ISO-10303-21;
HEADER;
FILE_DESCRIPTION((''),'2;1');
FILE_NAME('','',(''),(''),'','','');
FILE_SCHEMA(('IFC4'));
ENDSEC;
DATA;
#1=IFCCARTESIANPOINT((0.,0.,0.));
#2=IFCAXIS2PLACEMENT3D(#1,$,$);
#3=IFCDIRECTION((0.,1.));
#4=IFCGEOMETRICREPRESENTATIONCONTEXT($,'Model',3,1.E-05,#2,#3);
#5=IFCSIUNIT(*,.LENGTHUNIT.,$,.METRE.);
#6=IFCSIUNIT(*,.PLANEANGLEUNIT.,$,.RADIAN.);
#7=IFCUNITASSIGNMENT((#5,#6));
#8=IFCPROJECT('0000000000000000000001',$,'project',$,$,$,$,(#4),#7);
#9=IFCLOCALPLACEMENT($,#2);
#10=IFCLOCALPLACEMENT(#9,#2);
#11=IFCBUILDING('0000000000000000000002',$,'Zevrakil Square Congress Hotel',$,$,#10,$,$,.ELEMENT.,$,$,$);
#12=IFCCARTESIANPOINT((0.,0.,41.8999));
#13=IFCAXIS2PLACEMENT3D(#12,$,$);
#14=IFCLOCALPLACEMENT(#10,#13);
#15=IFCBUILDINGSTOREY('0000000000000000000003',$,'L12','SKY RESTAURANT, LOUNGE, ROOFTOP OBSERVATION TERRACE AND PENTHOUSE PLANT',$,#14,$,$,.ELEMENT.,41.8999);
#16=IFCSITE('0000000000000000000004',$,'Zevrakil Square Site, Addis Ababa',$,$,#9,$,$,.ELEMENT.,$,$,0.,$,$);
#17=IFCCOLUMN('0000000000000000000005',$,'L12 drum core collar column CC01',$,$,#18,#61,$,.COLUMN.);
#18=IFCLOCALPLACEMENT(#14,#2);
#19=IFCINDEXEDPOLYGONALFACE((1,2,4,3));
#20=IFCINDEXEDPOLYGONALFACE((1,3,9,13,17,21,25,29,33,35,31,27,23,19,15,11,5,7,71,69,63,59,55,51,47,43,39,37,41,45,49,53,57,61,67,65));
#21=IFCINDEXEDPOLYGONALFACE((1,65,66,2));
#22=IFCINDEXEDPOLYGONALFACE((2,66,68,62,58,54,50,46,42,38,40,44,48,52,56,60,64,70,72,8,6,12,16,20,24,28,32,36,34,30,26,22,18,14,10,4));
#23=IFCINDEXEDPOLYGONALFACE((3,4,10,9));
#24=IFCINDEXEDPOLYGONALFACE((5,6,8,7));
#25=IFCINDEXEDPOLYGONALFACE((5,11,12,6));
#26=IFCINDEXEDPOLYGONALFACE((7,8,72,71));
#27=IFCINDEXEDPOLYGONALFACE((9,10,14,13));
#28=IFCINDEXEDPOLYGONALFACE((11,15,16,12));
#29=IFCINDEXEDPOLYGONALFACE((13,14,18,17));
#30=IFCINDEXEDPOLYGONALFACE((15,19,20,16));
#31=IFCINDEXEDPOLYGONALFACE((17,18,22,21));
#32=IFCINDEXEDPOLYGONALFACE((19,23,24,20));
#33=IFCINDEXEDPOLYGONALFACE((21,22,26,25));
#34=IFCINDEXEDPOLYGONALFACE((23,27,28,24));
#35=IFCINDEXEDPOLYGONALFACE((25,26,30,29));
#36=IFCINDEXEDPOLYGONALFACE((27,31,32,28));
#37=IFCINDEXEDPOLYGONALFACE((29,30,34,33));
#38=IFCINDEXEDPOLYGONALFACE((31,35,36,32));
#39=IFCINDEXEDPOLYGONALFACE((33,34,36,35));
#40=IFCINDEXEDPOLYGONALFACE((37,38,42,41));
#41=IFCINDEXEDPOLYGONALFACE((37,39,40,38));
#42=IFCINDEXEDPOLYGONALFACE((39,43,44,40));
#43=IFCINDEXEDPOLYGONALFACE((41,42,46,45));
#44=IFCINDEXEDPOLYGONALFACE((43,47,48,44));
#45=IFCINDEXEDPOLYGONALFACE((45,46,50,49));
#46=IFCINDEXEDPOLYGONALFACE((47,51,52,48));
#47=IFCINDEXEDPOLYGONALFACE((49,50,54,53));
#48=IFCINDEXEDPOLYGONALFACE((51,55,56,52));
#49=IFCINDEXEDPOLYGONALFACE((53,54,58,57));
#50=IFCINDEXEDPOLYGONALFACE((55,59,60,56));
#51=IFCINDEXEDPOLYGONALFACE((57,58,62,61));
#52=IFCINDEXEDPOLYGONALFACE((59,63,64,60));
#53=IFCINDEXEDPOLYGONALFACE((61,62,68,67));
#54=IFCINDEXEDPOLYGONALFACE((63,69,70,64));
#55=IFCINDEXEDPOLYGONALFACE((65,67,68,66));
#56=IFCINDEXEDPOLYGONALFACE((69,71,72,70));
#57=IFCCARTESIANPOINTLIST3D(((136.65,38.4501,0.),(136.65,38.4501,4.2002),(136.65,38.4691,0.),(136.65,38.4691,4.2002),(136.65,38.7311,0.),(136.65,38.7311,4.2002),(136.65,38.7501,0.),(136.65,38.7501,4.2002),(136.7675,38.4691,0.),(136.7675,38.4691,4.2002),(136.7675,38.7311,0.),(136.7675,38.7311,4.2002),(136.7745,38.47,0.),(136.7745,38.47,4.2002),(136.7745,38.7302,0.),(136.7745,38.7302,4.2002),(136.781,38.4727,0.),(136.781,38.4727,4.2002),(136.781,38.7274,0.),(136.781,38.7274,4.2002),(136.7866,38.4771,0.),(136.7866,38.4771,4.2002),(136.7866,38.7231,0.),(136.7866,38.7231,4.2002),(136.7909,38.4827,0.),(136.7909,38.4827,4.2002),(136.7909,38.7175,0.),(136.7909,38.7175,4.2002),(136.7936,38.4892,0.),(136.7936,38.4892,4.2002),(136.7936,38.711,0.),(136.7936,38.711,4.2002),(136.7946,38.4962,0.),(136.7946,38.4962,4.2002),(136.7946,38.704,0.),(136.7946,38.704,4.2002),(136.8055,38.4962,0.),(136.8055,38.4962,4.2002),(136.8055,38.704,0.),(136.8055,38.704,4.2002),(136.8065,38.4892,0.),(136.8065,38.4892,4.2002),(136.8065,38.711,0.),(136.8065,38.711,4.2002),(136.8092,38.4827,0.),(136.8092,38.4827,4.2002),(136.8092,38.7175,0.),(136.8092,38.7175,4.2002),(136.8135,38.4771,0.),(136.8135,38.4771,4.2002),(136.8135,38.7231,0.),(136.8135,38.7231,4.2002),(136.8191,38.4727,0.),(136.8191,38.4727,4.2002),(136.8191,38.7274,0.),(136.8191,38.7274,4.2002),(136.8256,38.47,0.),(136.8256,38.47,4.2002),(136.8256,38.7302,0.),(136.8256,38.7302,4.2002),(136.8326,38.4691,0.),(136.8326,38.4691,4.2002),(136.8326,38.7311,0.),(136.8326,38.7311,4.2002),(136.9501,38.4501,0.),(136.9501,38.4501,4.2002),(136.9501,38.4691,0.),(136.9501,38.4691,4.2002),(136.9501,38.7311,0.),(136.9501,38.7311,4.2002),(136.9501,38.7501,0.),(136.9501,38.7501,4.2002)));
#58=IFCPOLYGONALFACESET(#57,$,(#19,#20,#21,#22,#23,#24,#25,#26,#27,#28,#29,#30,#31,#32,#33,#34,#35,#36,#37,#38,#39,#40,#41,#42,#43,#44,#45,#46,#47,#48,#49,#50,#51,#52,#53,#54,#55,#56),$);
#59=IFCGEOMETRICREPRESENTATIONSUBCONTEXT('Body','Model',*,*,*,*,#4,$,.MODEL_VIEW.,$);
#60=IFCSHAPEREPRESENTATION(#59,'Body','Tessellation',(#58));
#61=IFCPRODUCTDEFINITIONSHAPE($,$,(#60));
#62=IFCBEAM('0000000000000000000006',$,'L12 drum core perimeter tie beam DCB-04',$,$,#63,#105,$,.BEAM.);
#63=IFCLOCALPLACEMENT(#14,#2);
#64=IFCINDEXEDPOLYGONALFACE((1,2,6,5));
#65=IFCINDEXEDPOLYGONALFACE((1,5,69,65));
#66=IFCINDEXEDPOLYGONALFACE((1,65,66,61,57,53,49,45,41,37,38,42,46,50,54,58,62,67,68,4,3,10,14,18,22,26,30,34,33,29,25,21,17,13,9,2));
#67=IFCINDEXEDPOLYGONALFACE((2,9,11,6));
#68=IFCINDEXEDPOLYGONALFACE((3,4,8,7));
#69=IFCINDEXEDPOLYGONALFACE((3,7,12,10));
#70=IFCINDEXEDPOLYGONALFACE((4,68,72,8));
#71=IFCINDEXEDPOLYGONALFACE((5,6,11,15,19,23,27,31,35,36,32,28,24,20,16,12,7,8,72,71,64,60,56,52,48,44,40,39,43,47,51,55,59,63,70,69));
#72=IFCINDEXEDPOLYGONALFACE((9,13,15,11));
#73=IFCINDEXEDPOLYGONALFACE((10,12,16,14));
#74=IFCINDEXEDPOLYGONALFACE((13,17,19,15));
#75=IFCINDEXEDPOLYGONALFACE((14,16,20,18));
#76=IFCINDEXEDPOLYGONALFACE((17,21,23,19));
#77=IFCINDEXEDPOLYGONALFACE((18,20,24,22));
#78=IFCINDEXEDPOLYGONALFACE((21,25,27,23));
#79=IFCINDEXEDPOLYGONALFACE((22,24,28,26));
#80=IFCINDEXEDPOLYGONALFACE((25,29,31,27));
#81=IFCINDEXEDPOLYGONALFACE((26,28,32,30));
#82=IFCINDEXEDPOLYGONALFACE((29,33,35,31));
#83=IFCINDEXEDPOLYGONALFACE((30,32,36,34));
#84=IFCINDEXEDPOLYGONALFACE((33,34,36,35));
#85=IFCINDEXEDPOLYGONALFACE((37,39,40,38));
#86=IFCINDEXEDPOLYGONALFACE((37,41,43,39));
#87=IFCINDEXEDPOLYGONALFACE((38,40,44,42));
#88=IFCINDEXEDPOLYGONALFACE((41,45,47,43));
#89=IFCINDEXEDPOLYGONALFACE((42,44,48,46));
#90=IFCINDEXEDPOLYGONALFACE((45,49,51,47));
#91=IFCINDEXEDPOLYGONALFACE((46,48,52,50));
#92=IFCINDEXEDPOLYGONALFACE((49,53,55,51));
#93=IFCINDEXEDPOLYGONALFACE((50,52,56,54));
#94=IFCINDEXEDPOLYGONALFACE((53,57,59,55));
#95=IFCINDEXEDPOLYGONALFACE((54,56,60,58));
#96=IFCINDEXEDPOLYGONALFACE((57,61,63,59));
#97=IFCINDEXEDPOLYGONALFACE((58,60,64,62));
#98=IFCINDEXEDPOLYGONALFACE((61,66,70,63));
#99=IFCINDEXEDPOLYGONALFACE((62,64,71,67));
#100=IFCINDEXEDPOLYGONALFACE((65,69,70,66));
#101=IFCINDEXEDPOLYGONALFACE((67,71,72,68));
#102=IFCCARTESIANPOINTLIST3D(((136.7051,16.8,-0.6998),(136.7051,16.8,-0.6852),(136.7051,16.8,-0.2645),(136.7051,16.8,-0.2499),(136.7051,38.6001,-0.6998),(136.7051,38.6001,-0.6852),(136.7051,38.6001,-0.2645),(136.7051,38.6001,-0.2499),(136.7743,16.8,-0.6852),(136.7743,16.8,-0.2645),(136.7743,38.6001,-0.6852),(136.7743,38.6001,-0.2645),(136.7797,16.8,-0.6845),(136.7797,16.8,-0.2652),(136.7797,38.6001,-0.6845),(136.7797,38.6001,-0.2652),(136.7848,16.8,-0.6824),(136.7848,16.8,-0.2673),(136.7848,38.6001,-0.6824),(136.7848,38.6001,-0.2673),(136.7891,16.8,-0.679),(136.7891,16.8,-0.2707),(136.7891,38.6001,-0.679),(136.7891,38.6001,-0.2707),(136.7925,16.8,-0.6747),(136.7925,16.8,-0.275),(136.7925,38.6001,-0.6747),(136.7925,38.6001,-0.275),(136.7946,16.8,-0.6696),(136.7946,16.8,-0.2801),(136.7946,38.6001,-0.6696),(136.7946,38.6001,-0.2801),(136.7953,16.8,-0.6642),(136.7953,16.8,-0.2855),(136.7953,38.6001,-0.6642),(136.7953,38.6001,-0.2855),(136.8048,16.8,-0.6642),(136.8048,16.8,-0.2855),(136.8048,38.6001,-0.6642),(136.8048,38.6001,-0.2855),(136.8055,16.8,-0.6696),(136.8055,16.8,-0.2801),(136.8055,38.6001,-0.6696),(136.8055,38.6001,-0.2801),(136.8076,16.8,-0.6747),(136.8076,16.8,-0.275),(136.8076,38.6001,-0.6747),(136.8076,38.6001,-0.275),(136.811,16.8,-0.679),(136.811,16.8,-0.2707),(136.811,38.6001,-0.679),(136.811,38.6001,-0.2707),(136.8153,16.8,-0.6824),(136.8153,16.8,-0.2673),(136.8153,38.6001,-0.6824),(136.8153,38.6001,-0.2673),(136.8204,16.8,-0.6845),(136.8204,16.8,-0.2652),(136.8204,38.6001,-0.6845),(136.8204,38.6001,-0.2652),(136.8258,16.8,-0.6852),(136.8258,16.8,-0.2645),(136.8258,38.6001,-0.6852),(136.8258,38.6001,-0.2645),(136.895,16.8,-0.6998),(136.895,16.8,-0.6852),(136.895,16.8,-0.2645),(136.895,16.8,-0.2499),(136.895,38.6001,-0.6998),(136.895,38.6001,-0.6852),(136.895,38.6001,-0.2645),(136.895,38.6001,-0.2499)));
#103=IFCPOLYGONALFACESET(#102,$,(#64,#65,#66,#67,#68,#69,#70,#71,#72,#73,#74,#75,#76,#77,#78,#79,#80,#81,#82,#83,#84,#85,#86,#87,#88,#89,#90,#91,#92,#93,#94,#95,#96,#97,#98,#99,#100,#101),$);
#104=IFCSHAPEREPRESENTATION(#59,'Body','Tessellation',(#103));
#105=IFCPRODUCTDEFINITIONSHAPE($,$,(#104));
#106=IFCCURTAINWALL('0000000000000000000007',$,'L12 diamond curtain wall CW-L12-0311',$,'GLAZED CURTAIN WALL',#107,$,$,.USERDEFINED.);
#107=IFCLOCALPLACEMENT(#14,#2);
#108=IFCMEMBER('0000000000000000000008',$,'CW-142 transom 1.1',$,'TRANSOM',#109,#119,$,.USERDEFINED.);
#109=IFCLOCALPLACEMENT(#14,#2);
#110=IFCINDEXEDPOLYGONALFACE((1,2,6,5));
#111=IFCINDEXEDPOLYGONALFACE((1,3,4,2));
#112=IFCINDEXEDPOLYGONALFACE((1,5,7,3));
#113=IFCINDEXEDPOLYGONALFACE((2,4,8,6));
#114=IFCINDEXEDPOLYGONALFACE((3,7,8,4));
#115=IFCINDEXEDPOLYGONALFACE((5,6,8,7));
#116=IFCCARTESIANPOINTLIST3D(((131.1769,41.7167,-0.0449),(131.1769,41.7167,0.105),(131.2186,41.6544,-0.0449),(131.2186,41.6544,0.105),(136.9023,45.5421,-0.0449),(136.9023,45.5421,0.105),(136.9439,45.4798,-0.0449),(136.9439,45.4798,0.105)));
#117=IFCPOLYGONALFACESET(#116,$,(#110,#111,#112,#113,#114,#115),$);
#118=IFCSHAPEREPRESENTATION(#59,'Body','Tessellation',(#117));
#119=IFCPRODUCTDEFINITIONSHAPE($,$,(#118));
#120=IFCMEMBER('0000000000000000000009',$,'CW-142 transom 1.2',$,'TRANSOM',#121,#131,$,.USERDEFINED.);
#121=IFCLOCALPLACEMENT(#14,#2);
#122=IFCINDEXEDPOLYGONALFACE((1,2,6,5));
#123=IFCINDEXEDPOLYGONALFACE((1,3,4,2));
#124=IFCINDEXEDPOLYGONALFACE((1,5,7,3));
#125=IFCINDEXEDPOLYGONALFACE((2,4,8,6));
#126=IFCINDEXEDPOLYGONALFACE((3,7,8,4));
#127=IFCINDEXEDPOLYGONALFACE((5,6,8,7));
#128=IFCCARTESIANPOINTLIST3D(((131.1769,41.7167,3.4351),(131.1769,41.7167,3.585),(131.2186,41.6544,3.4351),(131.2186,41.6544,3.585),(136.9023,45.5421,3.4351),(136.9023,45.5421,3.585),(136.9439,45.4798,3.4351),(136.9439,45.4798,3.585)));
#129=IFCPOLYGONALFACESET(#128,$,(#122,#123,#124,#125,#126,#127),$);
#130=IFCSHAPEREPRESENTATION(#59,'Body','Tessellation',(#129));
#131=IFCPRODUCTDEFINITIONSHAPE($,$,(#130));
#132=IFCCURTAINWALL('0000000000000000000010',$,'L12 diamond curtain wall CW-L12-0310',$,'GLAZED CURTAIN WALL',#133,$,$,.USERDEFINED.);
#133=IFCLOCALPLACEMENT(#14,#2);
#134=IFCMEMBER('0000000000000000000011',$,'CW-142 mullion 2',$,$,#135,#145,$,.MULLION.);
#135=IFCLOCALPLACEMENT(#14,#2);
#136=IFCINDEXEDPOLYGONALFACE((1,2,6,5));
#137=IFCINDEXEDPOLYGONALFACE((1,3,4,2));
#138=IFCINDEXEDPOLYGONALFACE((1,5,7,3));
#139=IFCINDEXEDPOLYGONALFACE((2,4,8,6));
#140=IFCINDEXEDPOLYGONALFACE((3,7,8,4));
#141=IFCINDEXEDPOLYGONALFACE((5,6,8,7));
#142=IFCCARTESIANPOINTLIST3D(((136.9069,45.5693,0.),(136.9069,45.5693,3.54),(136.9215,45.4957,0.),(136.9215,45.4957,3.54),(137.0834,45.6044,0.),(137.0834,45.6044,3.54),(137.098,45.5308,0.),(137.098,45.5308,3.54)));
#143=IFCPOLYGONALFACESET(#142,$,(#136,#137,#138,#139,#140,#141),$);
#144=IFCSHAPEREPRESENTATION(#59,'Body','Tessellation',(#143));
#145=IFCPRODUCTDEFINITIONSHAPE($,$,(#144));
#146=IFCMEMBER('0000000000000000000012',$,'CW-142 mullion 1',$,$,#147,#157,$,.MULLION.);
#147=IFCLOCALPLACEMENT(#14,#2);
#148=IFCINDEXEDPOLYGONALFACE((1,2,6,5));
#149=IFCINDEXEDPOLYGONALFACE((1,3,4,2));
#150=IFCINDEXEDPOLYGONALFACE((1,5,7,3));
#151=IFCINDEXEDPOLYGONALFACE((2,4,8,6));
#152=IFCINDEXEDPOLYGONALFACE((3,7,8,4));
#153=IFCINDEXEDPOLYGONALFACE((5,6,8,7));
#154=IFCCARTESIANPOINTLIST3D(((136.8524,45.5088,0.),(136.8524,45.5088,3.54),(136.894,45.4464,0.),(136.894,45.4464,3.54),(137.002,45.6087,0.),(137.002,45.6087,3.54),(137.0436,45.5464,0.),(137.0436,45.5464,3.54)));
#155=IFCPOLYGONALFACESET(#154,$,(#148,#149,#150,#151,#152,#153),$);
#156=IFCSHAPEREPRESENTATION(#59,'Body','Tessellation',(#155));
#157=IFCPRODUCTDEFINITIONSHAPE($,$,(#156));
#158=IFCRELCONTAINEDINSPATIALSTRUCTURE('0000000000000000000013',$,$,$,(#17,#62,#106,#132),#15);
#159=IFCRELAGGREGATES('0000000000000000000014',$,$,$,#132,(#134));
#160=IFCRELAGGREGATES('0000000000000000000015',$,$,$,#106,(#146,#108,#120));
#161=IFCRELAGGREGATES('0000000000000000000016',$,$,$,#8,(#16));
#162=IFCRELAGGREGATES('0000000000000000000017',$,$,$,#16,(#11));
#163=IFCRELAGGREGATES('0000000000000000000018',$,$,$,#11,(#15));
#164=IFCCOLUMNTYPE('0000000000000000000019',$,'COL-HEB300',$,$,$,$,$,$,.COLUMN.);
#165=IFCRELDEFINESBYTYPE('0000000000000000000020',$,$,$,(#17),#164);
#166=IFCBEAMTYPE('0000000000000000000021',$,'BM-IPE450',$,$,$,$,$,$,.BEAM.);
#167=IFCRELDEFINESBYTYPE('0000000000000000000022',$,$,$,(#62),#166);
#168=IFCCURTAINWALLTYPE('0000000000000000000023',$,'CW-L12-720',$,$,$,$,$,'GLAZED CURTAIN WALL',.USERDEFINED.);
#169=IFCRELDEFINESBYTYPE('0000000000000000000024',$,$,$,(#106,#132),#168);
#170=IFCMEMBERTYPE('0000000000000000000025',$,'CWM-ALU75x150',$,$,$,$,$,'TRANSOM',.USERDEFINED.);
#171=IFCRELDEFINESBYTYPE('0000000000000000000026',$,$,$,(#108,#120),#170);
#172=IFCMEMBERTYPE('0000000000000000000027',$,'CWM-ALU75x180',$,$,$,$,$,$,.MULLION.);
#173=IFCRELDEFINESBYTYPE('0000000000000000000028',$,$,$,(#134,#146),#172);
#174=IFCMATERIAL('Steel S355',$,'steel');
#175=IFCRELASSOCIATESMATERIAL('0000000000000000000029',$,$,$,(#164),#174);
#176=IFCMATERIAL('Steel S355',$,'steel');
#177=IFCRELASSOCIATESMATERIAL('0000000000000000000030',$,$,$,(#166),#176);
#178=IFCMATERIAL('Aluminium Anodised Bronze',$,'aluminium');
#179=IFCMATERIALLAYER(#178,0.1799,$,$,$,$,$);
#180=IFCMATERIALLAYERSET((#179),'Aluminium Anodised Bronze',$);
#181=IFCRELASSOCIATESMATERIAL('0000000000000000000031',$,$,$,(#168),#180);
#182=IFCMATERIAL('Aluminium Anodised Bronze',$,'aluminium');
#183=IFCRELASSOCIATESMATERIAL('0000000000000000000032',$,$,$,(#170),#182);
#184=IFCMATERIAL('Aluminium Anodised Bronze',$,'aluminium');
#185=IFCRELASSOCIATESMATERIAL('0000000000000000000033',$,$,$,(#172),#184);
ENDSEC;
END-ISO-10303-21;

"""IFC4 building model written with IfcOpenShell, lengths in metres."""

from ifc_helpers import new_model, si_unit, direction, frame, origin, origin_2d, place, context, subcontext, project, spatial, rectangle, i_section, extrude, material, layer, layer_set, material_profile, profile_set, type_object, element, aggregate, save


model = new_model("IFC4")

# Units and contexts
model_context = context("Model", 3, precision=1e-05, world=origin(), true_north=direction((0.0, 1.0)))
body_context = subcontext(model_context, "Body", "Model", "MODEL_VIEW")
ifc_project = project(units=[si_unit("LENGTHUNIT", "METRE"), si_unit("PLANEANGLEUNIT", "RADIAN")], contexts=[model_context])

# Site, building, storey
site_placement = place(None, origin())
site = spatial("IfcSite", under=ifc_project, at=site_placement, Name="Zevrakil Square Site, Addis Ababa", CompositionType="ELEMENT", RefElevation=0.0)
building_placement = place(site_placement, origin())
building = spatial("IfcBuilding", under=site, at=building_placement, Name="Zevrakil Square Congress Hotel", CompositionType="ELEMENT")
storey_placement = place(building_placement, frame((0.0, 0.0, 41.8999)))
storey = spatial("IfcBuildingStorey", under=building, at=storey_placement, Name="L12", Description="SKY RESTAURANT, LOUNGE, ROOFTOP OBSERVATION TERRACE AND PENTHOUSE PLANT", CompositionType="ELEMENT", Elevation=41.8999)

# Column
ifc_material_1 = material(Name="Steel S355", Category="steel")
ifc_material_profile_1 = material_profile(ifc_material_1, i_section(OverallWidth=0.3, OverallDepth=0.3, WebThickness=0.011, FlangeThickness=0.019, FilletRadius=0.0271, at=origin_2d()), Name="HEB 300")
ifc_profile_set_1 = profile_set([ifc_material_profile_1], Name="Steel S355")
column_type = type_object("IfcColumnType", Name="COL-HEB300", PredefinedType="COLUMN", material=ifc_profile_set_1)
column_placement = place(storey_placement, frame((136.8, 38.6001, 0.0), z_axis=(0.0, 0.0, 1.0), x_axis=(1.0, 0.0, 0.0)))
element("IfcColumn", 1, at=column_placement, inside=storey, type_object=column_type, Name="L12 drum core collar column CC01", PredefinedType="COLUMN", context=body_context, shape_type="SweptSolid", body=[
    extrude(i_section(OverallWidth=0.3, OverallDepth=0.3, WebThickness=0.011, FlangeThickness=0.019, FilletRadius=0.0271, at=origin_2d()), origin(), (0.0, 0.0, 1.0), 4.2002),
])

# Beam
ifc_material_2 = material(Name="Steel S355", Category="steel")
ifc_material_profile_2 = material_profile(ifc_material_2, i_section(OverallWidth=0.1899, OverallDepth=0.45, WebThickness=0.0095, FlangeThickness=0.0146, FilletRadius=0.021, at=origin_2d()), Name="IPE 450")
ifc_profile_set_2 = profile_set([ifc_material_profile_2], Name="Steel S355")
beam_type_1 = type_object("IfcBeamType", Name="BM-IPE450", PredefinedType="BEAM", material=ifc_profile_set_2)
beam_1_placement = place(storey_placement, frame((136.8, 38.6001, -0.4749), z_axis=(0.0, -1.0, 0.0), x_axis=(1.0, 0.0, 0.0)))
element("IfcBeam", 2, at=beam_1_placement, inside=storey, type_object=beam_type_1, Name="L12 drum core perimeter tie beam DCB-04", PredefinedType="BEAM", context=body_context, shape_type="SweptSolid", body=[
    extrude(i_section(OverallWidth=0.1899, OverallDepth=0.45, WebThickness=0.0095, FlangeThickness=0.0146, FilletRadius=0.021, at=origin_2d()), origin(), (0.0, 0.0, 1.0), 21.8),
])

# Curtain wall, members
ifc_material_3 = material(Name="Aluminium Anodised Bronze", Category="aluminium")
ifc_layer_1 = layer(ifc_material_3, 0.1799)
ifc_layer_set_1 = layer_set([ifc_layer_1], Name="Aluminium Anodised Bronze")
curtain_wall_type = type_object("IfcCurtainWallType", Name="CW-L12-720", ElementType="GLAZED CURTAIN WALL", PredefinedType="USERDEFINED", material=ifc_layer_set_1)
curtain_wall_1_placement = place(storey_placement, origin())
curtain_wall_1 = element("IfcCurtainWall", 3, at=curtain_wall_1_placement, inside=storey, type_object=curtain_wall_type, Name="L12 diamond curtain wall CW-L12-0311", ObjectType="GLAZED CURTAIN WALL", PredefinedType="USERDEFINED")
ifc_material_4 = material(Name="Aluminium Anodised Bronze", Category="aluminium")
ifc_material_profile_3 = material_profile(ifc_material_4, rectangle(XDim=0.075, YDim=0.1499, at=origin_2d()), Name="ALU 75x150")
ifc_profile_set_3 = profile_set([ifc_material_profile_3], Name="Aluminium Anodised Bronze")
member_type_1 = type_object("IfcMemberType", Name="CWM-ALU75x150", ElementType="TRANSOM", PredefinedType="USERDEFINED", material=ifc_profile_set_3)
member_1_placement = place(storey_placement, frame((136.9231, 45.511, 0.03), z_axis=(-0.831477, -0.555559, 0.0), x_axis=(0.555559, -0.831477, 0.0)))
member_1 = element("IfcMember", 4, at=member_1_placement, type_object=member_type_1, Name="CW-142 transom 1.1", ObjectType="TRANSOM", PredefinedType="USERDEFINED", context=body_context, shape_type="SweptSolid", body=[
    extrude(rectangle(XDim=0.075, YDim=0.1499, at=origin_2d()), origin(), (0.0, 0.0, 1.0), 6.8857),
])
member_2_placement = place(storey_placement, frame((136.9231, 45.511, 3.51), z_axis=(-0.831477, -0.555559, 0.0), x_axis=(0.555559, -0.831477, 0.0)))
member_2 = element("IfcMember", 5, at=member_2_placement, type_object=member_type_1, Name="CW-142 transom 1.2", ObjectType="TRANSOM", PredefinedType="USERDEFINED", context=body_context, shape_type="SweptSolid", body=[
    extrude(rectangle(XDim=0.075, YDim=0.1499, at=origin_2d()), origin(), (0.0, 0.0, 1.0), 6.8857),
])

# Curtain wall, member
curtain_wall_2_placement = place(storey_placement, origin())
curtain_wall_2 = element("IfcCurtainWall", 6, at=curtain_wall_2_placement, inside=storey, type_object=curtain_wall_type, Name="L12 diamond curtain wall CW-L12-0310", ObjectType="GLAZED CURTAIN WALL", PredefinedType="USERDEFINED")
ifc_material_5 = material(Name="Aluminium Anodised Bronze", Category="aluminium")
ifc_material_profile_4 = material_profile(ifc_material_5, rectangle(XDim=0.075, YDim=0.1799, at=origin_2d()), Name="ALU 75x180")
ifc_profile_set_4 = profile_set([ifc_material_profile_4], Name="Aluminium Anodised Bronze")
member_type_2 = type_object("IfcMemberType", Name="CWM-ALU75x180", PredefinedType="MULLION", material=ifc_profile_set_4)
member_3_placement = place(storey_placement, frame((137.0024, 45.55, 0.0), z_axis=(0.0, 0.0, 1.0), x_axis=(0.195084, -0.980787, 0.0)))
member_3 = element("IfcMember", 7, at=member_3_placement, type_object=member_type_2, Name="CW-142 mullion 2", PredefinedType="MULLION", context=body_context, shape_type="SweptSolid", body=[
    extrude(rectangle(XDim=0.075, YDim=0.1799, at=origin_2d()), origin(), (0.0, 0.0, 1.0), 3.54),
])
aggregate(curtain_wall_2, [member_3])

# Member
member_4_placement = place(storey_placement, frame((136.948, 45.5276, 0.0), z_axis=(0.0, 0.0, 1.0), x_axis=(0.555576, -0.831466, 0.0)))
member_4 = element("IfcMember", 8, at=member_4_placement, type_object=member_type_2, Name="CW-142 mullion 1", PredefinedType="MULLION", context=body_context, shape_type="SweptSolid", body=[
    extrude(rectangle(XDim=0.075, YDim=0.1799, at=origin_2d()), origin(), (0.0, 0.0, 1.0), 3.54),
])

aggregate(curtain_wall_1, [member_4, member_1, member_2])

save(model, "model.ifc")
